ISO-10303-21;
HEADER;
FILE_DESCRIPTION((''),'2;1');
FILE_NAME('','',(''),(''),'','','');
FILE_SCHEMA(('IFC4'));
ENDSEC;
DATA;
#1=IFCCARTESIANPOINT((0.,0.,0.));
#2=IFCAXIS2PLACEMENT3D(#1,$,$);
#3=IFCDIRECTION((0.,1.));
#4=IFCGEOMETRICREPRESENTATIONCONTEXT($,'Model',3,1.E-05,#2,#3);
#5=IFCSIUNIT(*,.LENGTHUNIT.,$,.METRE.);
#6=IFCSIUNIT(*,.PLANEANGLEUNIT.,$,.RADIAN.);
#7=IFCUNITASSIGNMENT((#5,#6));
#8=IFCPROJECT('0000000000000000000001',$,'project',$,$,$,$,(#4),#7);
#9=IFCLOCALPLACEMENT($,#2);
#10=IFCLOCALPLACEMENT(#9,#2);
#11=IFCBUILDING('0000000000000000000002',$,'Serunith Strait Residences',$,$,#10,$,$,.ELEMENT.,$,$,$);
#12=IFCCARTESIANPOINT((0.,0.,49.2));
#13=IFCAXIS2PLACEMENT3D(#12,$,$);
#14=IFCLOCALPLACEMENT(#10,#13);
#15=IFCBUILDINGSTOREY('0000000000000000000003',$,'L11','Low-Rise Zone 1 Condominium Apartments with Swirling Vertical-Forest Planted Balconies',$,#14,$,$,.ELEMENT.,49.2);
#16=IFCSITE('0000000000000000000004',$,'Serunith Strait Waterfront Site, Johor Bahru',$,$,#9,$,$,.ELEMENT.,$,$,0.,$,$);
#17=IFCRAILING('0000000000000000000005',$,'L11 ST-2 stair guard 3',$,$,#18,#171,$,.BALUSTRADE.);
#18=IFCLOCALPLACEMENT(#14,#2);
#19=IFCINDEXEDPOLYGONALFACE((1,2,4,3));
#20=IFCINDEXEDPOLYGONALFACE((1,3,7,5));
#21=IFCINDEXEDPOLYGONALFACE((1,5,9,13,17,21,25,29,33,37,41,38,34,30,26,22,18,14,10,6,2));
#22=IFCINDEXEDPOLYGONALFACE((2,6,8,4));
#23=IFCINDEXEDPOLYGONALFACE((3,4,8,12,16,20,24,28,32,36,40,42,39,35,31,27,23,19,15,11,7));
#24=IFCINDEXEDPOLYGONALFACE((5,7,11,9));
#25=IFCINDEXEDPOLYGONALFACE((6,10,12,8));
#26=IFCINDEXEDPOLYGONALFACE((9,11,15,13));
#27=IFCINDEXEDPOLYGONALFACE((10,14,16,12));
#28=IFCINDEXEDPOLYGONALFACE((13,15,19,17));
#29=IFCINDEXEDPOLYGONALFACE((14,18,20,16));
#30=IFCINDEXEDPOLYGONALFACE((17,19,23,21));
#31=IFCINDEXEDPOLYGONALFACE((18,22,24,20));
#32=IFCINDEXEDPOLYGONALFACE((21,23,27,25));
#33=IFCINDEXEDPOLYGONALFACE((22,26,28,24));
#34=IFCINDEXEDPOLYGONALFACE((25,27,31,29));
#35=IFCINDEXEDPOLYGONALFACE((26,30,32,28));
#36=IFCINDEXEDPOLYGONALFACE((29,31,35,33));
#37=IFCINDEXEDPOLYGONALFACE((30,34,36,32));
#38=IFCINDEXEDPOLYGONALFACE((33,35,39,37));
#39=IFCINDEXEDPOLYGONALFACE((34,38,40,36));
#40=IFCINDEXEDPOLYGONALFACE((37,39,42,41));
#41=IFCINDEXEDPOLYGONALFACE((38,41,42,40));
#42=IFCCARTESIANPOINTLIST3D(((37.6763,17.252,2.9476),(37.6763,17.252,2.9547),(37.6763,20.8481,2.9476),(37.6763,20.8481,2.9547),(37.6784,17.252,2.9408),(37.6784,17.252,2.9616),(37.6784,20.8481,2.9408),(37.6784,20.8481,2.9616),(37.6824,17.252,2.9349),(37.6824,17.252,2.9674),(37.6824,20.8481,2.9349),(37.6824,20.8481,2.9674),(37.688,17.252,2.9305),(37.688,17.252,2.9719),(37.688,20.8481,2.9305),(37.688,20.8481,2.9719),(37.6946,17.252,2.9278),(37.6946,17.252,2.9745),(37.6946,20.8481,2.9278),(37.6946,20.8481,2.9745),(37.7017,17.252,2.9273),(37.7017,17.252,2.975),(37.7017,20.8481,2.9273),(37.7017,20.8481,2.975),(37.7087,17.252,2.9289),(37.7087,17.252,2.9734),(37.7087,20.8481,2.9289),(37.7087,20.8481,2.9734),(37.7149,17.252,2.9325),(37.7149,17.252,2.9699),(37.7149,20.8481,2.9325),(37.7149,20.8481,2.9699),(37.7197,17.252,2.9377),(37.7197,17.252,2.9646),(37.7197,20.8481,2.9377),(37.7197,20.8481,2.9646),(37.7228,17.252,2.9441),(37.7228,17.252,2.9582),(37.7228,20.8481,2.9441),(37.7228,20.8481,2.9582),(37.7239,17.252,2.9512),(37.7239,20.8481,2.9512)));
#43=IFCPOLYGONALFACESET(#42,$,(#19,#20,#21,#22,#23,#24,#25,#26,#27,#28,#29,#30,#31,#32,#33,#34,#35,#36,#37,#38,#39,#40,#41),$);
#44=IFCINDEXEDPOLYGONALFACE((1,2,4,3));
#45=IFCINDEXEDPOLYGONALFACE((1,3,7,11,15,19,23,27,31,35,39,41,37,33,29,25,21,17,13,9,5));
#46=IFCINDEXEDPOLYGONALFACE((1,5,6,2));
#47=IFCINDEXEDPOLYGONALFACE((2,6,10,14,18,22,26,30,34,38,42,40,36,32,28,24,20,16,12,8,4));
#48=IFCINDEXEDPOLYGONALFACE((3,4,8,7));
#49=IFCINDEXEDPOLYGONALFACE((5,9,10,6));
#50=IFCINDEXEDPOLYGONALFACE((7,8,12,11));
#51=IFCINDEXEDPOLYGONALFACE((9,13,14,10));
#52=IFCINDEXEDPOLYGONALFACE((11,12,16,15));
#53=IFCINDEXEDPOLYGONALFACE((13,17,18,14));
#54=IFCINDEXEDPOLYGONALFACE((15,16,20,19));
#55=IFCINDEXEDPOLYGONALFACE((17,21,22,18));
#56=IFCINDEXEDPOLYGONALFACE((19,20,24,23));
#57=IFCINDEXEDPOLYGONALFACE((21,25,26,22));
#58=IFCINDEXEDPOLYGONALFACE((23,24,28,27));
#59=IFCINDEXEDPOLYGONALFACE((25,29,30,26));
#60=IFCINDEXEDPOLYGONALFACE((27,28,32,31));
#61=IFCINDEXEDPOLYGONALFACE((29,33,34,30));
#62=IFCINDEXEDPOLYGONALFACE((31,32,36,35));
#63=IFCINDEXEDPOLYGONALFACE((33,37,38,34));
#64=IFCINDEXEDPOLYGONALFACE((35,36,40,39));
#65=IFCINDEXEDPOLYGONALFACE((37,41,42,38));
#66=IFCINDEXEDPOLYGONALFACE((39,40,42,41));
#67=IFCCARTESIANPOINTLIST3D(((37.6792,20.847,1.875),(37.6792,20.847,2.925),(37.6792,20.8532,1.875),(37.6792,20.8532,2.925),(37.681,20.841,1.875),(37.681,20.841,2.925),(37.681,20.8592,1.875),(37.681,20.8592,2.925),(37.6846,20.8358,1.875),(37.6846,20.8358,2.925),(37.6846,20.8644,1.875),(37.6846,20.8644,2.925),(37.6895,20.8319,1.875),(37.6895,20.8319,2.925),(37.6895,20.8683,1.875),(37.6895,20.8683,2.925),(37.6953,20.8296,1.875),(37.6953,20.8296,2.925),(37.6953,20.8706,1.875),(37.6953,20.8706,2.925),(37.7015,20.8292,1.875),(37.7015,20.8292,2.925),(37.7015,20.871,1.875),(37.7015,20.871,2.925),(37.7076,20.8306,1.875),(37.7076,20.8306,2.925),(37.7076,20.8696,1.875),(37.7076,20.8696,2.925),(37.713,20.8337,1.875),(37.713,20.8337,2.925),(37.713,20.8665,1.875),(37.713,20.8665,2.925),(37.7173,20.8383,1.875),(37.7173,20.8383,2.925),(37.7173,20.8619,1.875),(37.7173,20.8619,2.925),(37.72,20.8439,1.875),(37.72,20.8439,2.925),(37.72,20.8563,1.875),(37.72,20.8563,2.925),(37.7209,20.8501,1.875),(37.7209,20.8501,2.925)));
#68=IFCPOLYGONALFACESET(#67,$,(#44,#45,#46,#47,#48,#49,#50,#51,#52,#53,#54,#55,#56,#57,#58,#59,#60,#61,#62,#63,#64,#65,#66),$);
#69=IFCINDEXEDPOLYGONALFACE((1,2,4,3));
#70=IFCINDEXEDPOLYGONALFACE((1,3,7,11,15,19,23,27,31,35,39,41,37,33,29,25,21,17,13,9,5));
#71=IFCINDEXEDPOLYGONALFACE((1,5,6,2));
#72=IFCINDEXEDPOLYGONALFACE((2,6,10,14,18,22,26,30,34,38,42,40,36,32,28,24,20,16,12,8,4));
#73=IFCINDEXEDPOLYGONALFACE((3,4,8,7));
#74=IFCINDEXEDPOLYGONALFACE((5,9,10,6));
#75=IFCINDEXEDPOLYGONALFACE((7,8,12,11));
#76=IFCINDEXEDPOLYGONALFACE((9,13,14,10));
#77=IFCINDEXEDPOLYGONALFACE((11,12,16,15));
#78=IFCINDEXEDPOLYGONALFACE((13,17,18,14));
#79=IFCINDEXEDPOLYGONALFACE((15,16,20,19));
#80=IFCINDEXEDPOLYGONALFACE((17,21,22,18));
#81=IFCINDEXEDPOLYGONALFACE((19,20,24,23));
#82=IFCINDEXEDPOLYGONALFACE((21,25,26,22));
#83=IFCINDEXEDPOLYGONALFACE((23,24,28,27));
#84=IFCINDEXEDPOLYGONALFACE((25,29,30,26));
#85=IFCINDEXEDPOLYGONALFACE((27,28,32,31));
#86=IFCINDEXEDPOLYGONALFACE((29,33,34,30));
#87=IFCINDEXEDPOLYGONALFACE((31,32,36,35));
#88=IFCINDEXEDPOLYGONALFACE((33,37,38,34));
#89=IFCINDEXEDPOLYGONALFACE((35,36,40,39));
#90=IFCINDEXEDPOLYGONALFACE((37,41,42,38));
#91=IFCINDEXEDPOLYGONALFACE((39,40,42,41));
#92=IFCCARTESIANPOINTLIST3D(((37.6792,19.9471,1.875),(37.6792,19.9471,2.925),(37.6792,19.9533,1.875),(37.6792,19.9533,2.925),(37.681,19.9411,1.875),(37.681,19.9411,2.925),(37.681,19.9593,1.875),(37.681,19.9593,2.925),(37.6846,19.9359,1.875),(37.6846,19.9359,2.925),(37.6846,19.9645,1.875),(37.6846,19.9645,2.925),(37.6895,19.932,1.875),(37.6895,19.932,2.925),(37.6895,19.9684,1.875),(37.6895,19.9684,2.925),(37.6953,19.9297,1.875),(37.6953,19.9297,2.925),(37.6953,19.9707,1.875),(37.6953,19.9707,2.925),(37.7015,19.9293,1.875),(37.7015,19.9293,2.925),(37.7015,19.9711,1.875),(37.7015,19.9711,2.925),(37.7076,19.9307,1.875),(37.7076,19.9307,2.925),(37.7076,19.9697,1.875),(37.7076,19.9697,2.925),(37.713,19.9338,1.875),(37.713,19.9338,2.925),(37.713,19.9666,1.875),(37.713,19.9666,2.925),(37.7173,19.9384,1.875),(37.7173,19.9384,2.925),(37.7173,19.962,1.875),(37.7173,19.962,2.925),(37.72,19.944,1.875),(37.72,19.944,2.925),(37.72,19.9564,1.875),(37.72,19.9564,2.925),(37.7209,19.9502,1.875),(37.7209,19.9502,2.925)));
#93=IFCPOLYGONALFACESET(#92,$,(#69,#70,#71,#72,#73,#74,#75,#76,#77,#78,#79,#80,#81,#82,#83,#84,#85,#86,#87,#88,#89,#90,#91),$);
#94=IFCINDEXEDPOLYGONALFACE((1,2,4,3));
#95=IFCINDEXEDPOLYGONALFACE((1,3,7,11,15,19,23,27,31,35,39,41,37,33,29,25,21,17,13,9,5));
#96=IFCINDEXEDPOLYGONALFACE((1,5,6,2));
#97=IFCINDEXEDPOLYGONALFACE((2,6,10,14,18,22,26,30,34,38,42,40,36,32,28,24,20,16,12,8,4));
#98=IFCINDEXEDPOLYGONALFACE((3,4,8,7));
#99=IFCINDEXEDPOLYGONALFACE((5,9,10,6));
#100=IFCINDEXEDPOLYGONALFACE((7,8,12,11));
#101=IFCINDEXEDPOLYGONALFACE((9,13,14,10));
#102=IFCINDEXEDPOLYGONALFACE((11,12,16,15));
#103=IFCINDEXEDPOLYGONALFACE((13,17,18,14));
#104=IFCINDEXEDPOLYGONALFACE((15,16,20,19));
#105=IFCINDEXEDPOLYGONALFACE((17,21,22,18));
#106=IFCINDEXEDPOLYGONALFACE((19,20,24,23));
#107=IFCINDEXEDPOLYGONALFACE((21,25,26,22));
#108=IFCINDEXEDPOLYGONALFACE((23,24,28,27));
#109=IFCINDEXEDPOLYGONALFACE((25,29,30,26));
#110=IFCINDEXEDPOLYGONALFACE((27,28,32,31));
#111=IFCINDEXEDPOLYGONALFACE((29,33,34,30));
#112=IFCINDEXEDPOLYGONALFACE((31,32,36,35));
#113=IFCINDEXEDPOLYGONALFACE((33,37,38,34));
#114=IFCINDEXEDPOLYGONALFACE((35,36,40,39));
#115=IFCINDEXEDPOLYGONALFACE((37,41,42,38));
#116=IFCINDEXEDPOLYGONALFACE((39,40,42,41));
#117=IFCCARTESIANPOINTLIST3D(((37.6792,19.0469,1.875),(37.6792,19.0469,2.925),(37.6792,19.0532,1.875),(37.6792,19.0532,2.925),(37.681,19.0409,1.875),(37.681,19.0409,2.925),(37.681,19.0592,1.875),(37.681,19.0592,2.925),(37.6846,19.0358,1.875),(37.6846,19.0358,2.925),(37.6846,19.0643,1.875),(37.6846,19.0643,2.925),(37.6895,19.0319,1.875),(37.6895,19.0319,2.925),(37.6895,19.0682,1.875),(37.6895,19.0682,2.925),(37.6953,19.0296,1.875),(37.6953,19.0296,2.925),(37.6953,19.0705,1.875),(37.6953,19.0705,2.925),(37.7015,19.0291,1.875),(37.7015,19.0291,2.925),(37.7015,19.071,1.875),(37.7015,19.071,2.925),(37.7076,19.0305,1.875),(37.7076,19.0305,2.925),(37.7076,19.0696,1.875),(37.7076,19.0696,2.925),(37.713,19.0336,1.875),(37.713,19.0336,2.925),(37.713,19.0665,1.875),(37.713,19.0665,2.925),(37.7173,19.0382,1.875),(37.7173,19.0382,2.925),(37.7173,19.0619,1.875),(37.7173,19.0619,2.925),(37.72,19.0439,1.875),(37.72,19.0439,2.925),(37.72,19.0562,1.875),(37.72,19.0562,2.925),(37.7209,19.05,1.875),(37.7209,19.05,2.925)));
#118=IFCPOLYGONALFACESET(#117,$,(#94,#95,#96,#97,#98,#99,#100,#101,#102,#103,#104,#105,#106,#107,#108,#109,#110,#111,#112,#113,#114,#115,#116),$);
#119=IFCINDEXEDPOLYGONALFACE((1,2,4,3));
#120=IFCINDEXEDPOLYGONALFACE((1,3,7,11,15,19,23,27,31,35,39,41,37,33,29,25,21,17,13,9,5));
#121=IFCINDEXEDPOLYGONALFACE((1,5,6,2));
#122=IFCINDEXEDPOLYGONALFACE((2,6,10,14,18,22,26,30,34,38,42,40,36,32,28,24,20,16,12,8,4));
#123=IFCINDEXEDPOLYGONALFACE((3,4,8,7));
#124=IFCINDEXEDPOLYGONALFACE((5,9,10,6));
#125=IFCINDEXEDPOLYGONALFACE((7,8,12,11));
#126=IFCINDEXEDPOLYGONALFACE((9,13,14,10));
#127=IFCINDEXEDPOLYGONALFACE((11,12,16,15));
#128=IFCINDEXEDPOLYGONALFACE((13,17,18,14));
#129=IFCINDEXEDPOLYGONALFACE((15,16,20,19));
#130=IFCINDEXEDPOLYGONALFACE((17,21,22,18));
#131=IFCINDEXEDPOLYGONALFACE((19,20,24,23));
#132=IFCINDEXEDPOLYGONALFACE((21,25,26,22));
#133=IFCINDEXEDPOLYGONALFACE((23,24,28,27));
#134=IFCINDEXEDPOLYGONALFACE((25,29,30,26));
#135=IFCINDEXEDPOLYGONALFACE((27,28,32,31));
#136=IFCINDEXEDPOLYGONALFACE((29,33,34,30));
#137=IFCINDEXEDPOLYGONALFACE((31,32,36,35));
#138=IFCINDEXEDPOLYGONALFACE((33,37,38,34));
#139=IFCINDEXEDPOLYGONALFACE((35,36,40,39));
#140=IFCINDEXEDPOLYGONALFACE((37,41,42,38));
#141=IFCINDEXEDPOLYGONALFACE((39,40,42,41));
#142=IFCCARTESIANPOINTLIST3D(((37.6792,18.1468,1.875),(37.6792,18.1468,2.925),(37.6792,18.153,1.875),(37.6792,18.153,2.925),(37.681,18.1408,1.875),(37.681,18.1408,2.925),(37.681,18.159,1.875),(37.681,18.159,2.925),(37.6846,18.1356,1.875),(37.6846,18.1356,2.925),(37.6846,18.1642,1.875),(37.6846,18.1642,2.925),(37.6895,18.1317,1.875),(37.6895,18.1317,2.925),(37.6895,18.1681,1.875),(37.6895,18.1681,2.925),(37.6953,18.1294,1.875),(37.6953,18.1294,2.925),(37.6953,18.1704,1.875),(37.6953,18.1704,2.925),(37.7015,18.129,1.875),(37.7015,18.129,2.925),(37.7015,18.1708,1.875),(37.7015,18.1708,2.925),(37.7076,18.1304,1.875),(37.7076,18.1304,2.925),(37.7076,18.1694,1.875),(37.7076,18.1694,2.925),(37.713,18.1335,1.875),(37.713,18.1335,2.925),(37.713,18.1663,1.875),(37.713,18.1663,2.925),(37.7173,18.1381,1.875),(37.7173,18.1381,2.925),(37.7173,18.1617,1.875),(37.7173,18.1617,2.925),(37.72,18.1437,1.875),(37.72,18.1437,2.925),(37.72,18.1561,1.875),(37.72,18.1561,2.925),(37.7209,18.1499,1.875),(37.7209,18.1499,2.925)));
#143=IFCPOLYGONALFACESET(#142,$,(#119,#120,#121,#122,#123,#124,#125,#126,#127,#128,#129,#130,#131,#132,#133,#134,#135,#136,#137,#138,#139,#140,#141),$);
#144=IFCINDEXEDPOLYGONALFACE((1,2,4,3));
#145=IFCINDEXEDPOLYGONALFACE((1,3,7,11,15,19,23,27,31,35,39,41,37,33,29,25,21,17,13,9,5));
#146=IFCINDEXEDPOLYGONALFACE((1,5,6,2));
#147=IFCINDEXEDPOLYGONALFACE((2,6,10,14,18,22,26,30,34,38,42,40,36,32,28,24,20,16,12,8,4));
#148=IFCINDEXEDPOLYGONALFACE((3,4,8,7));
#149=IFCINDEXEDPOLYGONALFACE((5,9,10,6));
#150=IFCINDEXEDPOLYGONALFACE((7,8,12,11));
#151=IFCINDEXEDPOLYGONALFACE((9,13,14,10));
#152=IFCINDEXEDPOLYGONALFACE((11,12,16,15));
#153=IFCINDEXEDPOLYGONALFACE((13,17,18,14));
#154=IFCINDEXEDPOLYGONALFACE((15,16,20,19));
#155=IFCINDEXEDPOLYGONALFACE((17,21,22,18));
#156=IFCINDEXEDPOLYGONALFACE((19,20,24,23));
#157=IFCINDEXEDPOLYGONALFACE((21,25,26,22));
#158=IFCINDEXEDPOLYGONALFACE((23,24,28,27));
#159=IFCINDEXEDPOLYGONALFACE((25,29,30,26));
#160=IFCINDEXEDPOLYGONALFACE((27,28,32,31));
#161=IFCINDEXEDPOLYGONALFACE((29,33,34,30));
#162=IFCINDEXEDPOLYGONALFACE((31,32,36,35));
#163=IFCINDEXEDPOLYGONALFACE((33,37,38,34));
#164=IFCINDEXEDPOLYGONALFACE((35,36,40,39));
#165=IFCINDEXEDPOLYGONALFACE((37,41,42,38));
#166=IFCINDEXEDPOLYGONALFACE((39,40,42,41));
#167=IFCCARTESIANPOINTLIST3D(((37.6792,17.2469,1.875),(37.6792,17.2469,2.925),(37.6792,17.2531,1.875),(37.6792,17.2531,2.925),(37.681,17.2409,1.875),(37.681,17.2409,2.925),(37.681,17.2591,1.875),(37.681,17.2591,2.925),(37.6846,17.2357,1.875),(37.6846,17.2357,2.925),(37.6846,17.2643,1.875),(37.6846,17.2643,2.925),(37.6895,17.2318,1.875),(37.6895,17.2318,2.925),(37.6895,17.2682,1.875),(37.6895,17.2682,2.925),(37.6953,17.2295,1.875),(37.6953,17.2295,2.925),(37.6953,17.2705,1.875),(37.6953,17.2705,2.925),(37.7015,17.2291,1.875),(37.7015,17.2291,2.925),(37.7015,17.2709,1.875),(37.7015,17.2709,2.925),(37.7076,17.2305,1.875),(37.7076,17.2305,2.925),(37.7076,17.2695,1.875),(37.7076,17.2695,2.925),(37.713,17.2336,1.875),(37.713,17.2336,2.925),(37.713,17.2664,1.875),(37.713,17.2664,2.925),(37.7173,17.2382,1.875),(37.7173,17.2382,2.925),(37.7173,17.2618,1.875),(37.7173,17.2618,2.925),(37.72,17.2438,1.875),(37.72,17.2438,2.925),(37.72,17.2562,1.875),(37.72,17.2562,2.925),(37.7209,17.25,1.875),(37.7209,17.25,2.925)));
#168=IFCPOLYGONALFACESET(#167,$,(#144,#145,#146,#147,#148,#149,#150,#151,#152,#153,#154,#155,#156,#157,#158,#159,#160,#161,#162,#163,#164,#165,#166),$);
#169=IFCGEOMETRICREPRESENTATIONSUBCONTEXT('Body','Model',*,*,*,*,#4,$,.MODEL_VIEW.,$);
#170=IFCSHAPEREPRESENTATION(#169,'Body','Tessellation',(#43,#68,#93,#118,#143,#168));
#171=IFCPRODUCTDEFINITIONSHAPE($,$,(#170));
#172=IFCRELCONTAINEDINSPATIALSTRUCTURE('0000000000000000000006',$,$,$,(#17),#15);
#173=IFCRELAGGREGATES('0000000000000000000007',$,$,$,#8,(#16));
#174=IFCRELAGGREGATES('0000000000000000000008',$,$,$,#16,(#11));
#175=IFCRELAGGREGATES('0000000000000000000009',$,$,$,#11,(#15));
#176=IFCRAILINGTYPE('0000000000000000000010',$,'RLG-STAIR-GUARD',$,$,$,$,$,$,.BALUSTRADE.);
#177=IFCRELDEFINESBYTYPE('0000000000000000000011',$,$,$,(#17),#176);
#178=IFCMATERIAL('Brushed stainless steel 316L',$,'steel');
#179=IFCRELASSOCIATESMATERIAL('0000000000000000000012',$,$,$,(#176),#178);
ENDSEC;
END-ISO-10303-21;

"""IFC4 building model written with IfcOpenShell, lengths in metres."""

from ifc_helpers import new_model, si_unit, direction, frame, origin, origin_2d, place, context, subcontext, project, spatial, circle, extrude, material, type_object, element, save


model = new_model("IFC4")

# Units and contexts
model_context = context("Model", 3, precision=1e-05, world=origin(), true_north=direction((0.0, 1.0)))
body_context = subcontext(model_context, "Body", "Model", "MODEL_VIEW")
ifc_project = project(units=[si_unit("LENGTHUNIT", "METRE"), si_unit("PLANEANGLEUNIT", "RADIAN")], contexts=[model_context])

# Site, building, storey
site_placement = place(None, origin())
site = spatial("IfcSite", under=ifc_project, at=site_placement, Name="Serunith Strait Waterfront Site, Johor Bahru", CompositionType="ELEMENT", RefElevation=0.0)
building_placement = place(site_placement, origin())
building = spatial("IfcBuilding", under=site, at=building_placement, Name="Serunith Strait Residences", CompositionType="ELEMENT")
storey_placement = place(building_placement, frame((0.0, 0.0, 49.2)))
storey = spatial("IfcBuildingStorey", under=building, at=storey_placement, Name="L11", Description="Low-Rise Zone 1 Condominium Apartments with Swirling Vertical-Forest Planted Balconies", CompositionType="ELEMENT", Elevation=49.2)

# Railing
ifc_material_1 = material(Name="Brushed stainless steel 316L", Category="steel")
railing_type_1 = type_object("IfcRailingType", Name="RLG-STAIR-GUARD", PredefinedType="BALUSTRADE", material=ifc_material_1)
for number, where, name in (
    (1, (37.7, 20.8501, 1.875), "L11 ST-2 stair guard 3"),
):
    element("IfcRailing", number, at=place(storey_placement, frame(where)), inside=storey, type_object=railing_type_1, Name=name, PredefinedType="BALUSTRADE", context=body_context, shape_type="SweptSolid", body=[
        extrude(circle(Radius=0.0239, at=origin_2d()), frame((0.0, -0.002, 1.0762), z_axis=(0.0, -1.0, 0.0), x_axis=(1.0, 0.0, 0.0)), (0.0, 0.0, 1.0), 3.5962),
        extrude(circle(Radius=0.021, at=origin_2d()), origin(), (0.0, 0.0, 1.0), 1.05),
        extrude(circle(Radius=0.021, at=origin_2d()), frame((0.0, -0.8999, 0.0)), (0.0, 0.0, 1.0), 1.05),
        extrude(circle(Radius=0.021, at=origin_2d()), frame((0.0, -1.8, 0.0)), (0.0, 0.0, 1.0), 1.05),
        extrude(circle(Radius=0.021, at=origin_2d()), frame((0.0, -2.7002, 0.0)), (0.0, 0.0, 1.0), 1.05),
        extrude(circle(Radius=0.021, at=origin_2d()), frame((0.0, -3.6001, 0.0)), (0.0, 0.0, 1.0), 1.05),
    ])

save(model, "model.ifc")
